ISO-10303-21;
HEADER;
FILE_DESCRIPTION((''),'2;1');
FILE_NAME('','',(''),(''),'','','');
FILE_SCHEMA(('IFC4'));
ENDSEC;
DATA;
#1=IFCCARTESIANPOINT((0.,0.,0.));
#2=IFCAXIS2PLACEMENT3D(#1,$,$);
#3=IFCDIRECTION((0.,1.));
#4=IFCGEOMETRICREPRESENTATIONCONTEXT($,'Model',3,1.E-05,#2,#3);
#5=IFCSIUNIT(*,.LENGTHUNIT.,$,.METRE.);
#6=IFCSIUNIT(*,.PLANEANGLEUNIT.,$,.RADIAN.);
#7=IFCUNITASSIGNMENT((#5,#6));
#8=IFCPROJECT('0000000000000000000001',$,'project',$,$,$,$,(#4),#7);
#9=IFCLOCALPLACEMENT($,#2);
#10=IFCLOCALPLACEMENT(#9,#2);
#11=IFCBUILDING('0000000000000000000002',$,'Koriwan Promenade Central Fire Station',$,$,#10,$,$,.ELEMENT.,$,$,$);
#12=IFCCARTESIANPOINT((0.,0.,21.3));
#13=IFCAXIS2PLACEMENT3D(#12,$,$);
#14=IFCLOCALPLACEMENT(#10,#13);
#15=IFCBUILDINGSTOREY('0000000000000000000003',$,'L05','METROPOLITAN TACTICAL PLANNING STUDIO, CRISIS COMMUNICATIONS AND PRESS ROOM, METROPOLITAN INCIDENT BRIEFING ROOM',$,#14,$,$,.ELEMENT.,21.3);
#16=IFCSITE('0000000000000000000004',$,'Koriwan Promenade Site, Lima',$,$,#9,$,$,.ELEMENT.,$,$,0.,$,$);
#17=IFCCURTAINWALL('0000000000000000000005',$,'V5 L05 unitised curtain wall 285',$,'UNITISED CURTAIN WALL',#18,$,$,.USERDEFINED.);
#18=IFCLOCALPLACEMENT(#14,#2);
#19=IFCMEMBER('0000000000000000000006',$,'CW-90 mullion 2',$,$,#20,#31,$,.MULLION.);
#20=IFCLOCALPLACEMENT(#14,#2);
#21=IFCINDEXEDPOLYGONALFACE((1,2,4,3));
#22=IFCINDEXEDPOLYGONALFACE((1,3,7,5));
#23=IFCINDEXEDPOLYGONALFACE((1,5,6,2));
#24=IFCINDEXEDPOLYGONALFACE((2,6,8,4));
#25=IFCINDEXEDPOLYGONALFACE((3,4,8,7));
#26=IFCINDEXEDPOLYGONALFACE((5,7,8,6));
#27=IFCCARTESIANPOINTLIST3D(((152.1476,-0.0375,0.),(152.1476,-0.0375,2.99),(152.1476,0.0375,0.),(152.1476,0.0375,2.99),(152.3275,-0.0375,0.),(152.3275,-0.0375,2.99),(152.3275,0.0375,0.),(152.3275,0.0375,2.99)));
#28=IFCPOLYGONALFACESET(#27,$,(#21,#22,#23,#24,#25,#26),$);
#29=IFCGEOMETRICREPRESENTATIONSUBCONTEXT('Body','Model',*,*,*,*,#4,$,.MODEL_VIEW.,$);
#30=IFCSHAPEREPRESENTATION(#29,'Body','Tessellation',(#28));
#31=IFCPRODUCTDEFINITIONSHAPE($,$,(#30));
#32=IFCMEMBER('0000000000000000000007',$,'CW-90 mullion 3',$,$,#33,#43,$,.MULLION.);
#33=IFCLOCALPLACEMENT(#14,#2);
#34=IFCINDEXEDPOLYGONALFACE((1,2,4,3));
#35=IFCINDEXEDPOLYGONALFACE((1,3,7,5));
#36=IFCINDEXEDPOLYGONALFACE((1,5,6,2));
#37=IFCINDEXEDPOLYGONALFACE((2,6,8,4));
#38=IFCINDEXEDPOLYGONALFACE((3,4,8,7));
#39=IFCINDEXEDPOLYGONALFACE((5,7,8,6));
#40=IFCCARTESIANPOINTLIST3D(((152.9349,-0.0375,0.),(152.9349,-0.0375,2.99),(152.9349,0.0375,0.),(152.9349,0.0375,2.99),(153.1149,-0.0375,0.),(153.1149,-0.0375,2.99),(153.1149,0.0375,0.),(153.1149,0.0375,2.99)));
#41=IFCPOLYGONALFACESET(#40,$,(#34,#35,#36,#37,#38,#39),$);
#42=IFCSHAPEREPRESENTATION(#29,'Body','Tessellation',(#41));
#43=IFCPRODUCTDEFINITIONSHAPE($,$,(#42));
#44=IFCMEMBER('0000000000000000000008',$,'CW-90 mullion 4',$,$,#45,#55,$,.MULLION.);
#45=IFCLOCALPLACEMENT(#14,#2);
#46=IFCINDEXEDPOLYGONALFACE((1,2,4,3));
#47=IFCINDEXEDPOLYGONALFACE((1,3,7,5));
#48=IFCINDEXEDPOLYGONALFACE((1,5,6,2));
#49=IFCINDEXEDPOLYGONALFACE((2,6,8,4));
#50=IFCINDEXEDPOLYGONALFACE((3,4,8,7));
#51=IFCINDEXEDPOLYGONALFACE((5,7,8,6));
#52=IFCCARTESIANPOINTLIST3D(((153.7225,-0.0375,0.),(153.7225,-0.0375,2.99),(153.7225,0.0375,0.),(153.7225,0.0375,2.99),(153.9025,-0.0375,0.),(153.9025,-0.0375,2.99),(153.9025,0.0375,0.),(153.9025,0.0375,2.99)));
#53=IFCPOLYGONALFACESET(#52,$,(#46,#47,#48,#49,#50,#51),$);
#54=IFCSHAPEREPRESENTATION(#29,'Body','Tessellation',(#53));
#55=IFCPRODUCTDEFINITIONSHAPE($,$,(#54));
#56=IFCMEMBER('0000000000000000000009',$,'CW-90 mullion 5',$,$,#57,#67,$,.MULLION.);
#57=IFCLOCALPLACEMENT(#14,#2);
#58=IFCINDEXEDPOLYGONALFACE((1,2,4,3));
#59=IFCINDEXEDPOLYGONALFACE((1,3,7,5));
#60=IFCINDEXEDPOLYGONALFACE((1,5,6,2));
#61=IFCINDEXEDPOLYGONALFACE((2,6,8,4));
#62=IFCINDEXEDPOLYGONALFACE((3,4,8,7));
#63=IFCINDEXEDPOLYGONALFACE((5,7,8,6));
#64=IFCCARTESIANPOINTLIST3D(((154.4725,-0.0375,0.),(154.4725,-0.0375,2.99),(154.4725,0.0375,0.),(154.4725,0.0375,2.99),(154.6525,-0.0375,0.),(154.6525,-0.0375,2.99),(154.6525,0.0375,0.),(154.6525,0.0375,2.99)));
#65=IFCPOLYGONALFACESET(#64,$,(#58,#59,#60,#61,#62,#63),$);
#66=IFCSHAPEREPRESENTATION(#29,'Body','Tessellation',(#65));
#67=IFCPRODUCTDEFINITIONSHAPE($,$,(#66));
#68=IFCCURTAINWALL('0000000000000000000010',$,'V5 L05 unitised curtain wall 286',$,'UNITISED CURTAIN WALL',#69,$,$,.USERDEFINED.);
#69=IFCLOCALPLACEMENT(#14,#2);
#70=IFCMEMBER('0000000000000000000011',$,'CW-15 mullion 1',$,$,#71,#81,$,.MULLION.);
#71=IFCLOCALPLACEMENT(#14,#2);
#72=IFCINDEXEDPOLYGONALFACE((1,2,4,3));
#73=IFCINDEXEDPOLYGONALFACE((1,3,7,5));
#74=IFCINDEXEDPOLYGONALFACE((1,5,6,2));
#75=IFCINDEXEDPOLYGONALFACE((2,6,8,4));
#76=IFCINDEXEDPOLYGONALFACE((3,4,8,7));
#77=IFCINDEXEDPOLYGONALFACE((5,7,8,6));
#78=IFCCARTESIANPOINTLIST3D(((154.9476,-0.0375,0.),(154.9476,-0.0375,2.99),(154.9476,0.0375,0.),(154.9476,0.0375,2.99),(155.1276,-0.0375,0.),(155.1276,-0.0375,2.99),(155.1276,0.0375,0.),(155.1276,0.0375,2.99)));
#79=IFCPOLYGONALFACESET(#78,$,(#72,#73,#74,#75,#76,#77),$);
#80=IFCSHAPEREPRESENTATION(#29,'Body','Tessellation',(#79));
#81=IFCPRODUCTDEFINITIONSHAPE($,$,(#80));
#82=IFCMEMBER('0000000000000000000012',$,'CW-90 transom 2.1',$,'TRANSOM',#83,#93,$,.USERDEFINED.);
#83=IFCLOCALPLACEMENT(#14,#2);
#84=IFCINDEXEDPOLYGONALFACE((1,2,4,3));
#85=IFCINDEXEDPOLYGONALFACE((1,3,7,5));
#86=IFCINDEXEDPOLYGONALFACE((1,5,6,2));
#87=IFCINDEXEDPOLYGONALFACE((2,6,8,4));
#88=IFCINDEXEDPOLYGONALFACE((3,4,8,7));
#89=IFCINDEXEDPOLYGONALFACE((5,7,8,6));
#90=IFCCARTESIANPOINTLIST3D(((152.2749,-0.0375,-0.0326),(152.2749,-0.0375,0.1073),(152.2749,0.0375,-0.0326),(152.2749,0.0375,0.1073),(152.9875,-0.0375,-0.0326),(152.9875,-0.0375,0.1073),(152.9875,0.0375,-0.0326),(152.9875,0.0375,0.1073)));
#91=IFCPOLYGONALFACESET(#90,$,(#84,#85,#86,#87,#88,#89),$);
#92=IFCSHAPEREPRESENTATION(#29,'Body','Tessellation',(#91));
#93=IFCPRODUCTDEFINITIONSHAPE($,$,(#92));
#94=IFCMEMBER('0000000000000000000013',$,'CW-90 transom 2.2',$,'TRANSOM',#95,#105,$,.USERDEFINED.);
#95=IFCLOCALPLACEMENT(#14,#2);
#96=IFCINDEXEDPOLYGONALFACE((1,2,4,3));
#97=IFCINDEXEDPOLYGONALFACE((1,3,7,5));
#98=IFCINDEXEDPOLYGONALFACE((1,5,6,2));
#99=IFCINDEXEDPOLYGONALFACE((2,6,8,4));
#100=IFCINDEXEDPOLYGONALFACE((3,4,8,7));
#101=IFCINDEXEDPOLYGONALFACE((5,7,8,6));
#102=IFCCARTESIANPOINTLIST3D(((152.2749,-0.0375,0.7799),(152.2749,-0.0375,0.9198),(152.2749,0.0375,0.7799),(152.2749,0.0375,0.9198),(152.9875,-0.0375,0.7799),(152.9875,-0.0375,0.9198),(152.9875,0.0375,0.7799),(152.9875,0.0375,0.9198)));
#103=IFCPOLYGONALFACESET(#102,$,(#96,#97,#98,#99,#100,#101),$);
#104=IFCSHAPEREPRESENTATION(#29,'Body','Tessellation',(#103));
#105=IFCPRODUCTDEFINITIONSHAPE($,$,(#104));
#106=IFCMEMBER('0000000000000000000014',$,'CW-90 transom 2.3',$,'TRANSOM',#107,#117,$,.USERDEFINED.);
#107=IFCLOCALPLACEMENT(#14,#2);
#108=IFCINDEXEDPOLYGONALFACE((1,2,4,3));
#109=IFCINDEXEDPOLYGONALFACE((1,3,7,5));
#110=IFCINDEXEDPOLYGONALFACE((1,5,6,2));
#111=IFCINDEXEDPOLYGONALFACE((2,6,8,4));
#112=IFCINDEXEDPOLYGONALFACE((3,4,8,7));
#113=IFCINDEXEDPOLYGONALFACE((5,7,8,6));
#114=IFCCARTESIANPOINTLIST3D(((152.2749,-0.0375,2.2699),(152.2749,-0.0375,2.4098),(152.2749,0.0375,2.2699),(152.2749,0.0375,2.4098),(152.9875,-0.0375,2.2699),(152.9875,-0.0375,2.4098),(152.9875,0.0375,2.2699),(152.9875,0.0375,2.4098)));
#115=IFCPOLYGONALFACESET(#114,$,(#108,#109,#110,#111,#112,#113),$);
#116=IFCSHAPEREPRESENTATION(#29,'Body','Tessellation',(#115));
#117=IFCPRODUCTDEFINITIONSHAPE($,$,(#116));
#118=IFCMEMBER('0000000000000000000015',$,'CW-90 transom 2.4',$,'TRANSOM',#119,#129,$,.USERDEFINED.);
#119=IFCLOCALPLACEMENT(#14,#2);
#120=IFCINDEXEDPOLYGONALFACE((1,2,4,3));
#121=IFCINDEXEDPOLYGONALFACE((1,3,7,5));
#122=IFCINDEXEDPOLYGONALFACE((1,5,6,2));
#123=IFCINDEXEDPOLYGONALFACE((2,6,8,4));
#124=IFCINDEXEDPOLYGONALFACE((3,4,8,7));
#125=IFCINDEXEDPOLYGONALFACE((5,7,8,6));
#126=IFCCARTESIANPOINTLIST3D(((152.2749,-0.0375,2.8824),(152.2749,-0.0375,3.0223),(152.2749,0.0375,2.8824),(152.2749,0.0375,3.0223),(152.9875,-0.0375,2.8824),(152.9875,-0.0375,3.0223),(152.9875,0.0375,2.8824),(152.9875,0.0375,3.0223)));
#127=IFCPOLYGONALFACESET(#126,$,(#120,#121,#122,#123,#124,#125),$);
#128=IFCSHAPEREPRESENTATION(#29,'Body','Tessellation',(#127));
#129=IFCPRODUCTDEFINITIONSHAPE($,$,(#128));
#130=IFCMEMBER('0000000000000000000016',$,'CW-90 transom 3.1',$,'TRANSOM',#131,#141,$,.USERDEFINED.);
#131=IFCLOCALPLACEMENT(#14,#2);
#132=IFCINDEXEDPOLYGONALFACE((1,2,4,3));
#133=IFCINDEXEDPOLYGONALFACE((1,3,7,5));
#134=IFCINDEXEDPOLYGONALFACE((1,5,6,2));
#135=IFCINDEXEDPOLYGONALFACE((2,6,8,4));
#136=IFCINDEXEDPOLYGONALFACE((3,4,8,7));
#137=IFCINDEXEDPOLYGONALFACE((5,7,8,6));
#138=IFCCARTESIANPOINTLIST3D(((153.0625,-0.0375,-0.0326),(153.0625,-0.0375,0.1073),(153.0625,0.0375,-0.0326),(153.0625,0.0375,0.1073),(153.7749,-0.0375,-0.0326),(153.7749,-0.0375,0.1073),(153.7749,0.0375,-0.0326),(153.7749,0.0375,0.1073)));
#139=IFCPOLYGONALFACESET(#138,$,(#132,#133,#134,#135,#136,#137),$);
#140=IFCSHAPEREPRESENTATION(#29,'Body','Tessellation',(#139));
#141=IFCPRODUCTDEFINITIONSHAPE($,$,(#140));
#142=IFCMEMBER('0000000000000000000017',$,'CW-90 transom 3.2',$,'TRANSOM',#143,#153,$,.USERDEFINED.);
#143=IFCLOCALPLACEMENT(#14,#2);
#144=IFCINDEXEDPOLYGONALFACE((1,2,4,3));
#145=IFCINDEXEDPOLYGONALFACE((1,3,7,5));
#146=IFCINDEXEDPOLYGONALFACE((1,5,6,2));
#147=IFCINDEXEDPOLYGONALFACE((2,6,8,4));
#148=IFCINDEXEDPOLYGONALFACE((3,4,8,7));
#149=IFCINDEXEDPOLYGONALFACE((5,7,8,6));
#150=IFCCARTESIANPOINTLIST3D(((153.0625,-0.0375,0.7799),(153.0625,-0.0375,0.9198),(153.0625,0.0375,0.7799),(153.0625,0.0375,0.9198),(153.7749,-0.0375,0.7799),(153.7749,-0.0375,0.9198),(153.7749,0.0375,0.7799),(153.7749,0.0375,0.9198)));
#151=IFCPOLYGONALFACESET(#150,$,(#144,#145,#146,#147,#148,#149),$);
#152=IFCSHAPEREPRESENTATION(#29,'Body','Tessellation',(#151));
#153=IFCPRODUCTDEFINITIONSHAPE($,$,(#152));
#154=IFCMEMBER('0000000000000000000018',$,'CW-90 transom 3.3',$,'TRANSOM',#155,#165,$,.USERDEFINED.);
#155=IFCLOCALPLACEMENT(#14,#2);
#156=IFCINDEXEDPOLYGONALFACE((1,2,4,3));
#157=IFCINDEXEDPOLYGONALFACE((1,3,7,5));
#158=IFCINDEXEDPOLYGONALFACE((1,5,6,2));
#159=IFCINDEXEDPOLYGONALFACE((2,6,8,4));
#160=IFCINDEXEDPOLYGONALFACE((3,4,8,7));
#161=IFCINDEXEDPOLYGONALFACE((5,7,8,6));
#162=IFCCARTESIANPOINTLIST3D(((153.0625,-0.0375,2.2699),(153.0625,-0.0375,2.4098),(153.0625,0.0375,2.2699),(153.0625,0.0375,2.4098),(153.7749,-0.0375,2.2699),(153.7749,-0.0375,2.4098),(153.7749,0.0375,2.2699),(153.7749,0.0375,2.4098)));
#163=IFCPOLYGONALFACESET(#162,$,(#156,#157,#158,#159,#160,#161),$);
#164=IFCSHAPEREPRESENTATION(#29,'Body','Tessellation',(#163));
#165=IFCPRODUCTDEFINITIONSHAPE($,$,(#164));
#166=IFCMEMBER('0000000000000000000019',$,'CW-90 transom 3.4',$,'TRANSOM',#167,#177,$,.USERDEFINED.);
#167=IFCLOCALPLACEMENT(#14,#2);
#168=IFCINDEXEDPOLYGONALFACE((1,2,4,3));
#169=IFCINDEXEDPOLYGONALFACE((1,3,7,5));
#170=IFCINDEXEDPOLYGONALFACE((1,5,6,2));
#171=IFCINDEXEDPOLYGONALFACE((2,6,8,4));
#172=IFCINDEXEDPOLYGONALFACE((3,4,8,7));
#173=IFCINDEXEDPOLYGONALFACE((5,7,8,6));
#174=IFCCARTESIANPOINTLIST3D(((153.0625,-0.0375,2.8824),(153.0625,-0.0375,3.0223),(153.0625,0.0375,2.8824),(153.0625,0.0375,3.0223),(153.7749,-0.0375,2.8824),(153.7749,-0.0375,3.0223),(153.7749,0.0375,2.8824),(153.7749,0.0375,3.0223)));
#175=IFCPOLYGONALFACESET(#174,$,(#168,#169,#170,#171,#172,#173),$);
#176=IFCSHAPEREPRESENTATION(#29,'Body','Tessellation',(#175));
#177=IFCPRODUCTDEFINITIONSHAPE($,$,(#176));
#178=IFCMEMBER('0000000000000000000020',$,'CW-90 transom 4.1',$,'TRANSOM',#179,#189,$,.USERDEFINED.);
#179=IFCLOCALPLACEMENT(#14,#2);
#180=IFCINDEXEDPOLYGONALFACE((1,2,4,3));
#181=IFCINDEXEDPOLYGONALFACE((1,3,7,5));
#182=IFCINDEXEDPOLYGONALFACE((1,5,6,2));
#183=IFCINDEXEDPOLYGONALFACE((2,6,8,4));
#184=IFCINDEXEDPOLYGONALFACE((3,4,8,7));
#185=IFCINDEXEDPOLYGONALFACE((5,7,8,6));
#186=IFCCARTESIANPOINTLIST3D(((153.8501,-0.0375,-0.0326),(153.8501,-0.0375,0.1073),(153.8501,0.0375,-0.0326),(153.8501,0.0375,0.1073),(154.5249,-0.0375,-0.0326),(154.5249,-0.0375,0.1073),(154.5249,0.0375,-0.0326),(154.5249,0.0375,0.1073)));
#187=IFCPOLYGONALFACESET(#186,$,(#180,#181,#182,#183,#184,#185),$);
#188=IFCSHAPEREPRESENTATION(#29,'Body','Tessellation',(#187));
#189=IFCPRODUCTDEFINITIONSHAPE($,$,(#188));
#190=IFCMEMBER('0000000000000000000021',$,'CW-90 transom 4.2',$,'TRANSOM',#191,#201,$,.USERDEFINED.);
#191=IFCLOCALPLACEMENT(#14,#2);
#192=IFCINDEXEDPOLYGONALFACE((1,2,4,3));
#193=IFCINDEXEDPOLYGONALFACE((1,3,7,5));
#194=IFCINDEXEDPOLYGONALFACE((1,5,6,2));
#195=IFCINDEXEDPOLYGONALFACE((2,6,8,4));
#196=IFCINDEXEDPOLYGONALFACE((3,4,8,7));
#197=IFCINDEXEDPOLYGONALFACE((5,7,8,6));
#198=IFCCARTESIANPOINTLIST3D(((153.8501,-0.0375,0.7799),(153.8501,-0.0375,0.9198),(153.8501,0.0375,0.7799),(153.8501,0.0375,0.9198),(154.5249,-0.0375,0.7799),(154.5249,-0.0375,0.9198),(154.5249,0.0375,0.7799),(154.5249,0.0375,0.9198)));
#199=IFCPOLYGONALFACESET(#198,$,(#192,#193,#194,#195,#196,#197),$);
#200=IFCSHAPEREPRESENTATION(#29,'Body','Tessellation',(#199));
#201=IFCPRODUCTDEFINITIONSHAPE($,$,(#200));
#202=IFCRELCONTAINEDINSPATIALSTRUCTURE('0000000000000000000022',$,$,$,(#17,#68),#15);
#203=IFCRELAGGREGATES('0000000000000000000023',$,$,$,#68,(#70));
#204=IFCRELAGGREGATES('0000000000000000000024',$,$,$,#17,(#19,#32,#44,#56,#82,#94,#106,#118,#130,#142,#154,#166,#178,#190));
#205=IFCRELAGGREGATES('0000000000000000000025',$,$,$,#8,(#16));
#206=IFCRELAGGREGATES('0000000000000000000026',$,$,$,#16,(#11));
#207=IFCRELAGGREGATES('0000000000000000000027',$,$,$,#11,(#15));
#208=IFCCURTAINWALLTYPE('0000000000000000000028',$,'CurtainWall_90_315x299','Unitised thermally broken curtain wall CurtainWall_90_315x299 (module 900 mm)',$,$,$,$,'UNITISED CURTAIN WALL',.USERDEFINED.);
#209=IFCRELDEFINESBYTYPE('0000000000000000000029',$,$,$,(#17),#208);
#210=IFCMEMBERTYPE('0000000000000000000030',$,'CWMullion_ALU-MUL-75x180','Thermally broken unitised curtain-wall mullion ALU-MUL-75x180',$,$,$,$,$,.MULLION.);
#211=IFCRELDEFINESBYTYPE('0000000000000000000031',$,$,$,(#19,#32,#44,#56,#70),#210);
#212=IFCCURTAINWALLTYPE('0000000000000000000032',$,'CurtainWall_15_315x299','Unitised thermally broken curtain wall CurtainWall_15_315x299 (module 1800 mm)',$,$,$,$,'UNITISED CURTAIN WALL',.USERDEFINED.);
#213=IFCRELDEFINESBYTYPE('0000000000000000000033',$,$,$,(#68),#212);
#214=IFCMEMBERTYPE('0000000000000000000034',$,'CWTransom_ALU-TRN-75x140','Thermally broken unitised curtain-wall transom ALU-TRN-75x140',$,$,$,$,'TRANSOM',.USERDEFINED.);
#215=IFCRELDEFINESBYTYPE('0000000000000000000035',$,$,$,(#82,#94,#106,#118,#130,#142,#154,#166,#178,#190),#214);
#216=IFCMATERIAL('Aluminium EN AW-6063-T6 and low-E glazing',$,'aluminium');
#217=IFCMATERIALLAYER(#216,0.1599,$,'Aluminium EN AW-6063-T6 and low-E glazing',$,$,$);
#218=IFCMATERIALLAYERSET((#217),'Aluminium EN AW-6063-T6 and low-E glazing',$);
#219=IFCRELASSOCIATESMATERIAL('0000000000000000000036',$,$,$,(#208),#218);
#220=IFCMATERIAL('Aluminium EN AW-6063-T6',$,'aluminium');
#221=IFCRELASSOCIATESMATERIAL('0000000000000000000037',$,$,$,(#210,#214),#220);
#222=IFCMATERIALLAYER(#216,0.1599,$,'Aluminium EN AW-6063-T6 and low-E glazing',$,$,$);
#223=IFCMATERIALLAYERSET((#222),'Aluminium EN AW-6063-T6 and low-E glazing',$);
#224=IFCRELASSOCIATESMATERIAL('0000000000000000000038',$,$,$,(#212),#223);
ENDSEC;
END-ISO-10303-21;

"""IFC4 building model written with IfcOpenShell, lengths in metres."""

from ifc_helpers import new_model, si_unit, direction, frame, origin, origin_2d, place, context, subcontext, project, spatial, rectangle, extrude, material, layer, layer_set, material_profile, profile_set, type_object, element, aggregate, save


model = new_model("IFC4")

# Units and contexts
model_context = context("Model", 3, precision=1e-05, world=origin(), true_north=direction((0.0, 1.0)))
body_context = subcontext(model_context, "Body", "Model", "MODEL_VIEW")
ifc_project = project(units=[si_unit("LENGTHUNIT", "METRE"), si_unit("PLANEANGLEUNIT", "RADIAN")], contexts=[model_context])

# Site, building, storey
site_placement = place(None, origin())
site = spatial("IfcSite", under=ifc_project, at=site_placement, Name="Koriwan Promenade Site, Lima", CompositionType="ELEMENT", RefElevation=0.0)
building_placement = place(site_placement, origin())
building = spatial("IfcBuilding", under=site, at=building_placement, Name="Koriwan Promenade Central Fire Station", CompositionType="ELEMENT")
storey_placement = place(building_placement, frame((0.0, 0.0, 21.3)))
storey = spatial("IfcBuildingStorey", under=building, at=storey_placement, Name="L05", Description="METROPOLITAN TACTICAL PLANNING STUDIO, CRISIS COMMUNICATIONS AND PRESS ROOM, METROPOLITAN INCIDENT BRIEFING ROOM", CompositionType="ELEMENT", Elevation=21.3)

# Curtain wall, members
ifc_material_1 = material(Name="Aluminium EN AW-6063-T6 and low-E glazing", Category="aluminium")
ifc_layer_1 = layer(ifc_material_1, 0.1599, Name="Aluminium EN AW-6063-T6 and low-E glazing")
ifc_layer_set_1 = layer_set([ifc_layer_1], Name="Aluminium EN AW-6063-T6 and low-E glazing")
curtain_wall_type_1 = type_object("IfcCurtainWallType", Name="CurtainWall_90_315x299", Description="Unitised thermally broken curtain wall CurtainWall_90_315x299 (module 900 mm)", ElementType="UNITISED CURTAIN WALL", PredefinedType="USERDEFINED", material=ifc_layer_set_1)
curtain_wall_1_placement = place(storey_placement, origin())
curtain_wall_1 = element("IfcCurtainWall", 1, at=curtain_wall_1_placement, inside=storey, type_object=curtain_wall_type_1, Name="V5 L05 unitised curtain wall 285", ObjectType="UNITISED CURTAIN WALL", PredefinedType="USERDEFINED")
ifc_material_2 = material(Name="Aluminium EN AW-6063-T6", Category="aluminium")
ifc_material_profile_1 = material_profile(ifc_material_2, rectangle(XDim=0.075, YDim=0.1799, at=origin_2d()), Name="ALU-MUL-75x180")
ifc_profile_set_1 = profile_set([ifc_material_profile_1], Name="Aluminium EN AW-6063-T6")
member_type_1 = type_object("IfcMemberType", Name="CWMullion_ALU-MUL-75x180", Description="Thermally broken unitised curtain-wall mullion ALU-MUL-75x180", PredefinedType="MULLION", material=ifc_profile_set_1)
member_1_placement = place(storey_placement, frame((152.2375, 0.0, 0.0), z_axis=(0.0, 0.0, 1.0), x_axis=(0.0, 1.0, 0.0)))
member_1 = element("IfcMember", 2, at=member_1_placement, type_object=member_type_1, Name="CW-90 mullion 2", PredefinedType="MULLION", context=body_context, shape_type="SweptSolid", body=[
    extrude(rectangle(XDim=0.075, YDim=0.1799, at=origin_2d()), origin(), (0.0, 0.0, 1.0), 2.99),
])
member_2_placement = place(storey_placement, frame((153.0249, 0.0, 0.0), z_axis=(0.0, 0.0, 1.0), x_axis=(0.0, 1.0, 0.0)))
member_2 = element("IfcMember", 3, at=member_2_placement, type_object=member_type_1, Name="CW-90 mullion 3", PredefinedType="MULLION", context=body_context, shape_type="SweptSolid", body=[
    extrude(rectangle(XDim=0.075, YDim=0.1799, at=origin_2d()), origin(), (0.0, 0.0, 1.0), 2.99),
])
member_3_placement = place(storey_placement, frame((153.8125, 0.0, 0.0), z_axis=(0.0, 0.0, 1.0), x_axis=(0.0, 1.0, 0.0)))
member_3 = element("IfcMember", 4, at=member_3_placement, type_object=member_type_1, Name="CW-90 mullion 4", PredefinedType="MULLION", context=body_context, shape_type="SweptSolid", body=[
    extrude(rectangle(XDim=0.075, YDim=0.1799, at=origin_2d()), origin(), (0.0, 0.0, 1.0), 2.99),
])
member_4_placement = place(storey_placement, frame((154.5625, 0.0, 0.0), z_axis=(0.0, 0.0, 1.0), x_axis=(0.0, 1.0, 0.0)))
member_4 = element("IfcMember", 5, at=member_4_placement, type_object=member_type_1, Name="CW-90 mullion 5", PredefinedType="MULLION", context=body_context, shape_type="SweptSolid", body=[
    extrude(rectangle(XDim=0.075, YDim=0.1799, at=origin_2d()), origin(), (0.0, 0.0, 1.0), 2.99),
])

# Curtain wall, member
ifc_layer_2 = layer(ifc_material_1, 0.1599, Name="Aluminium EN AW-6063-T6 and low-E glazing")
ifc_layer_set_2 = layer_set([ifc_layer_2], Name="Aluminium EN AW-6063-T6 and low-E glazing")
curtain_wall_type_2 = type_object("IfcCurtainWallType", Name="CurtainWall_15_315x299", Description="Unitised thermally broken curtain wall CurtainWall_15_315x299 (module 1800 mm)", ElementType="UNITISED CURTAIN WALL", PredefinedType="USERDEFINED", material=ifc_layer_set_2)
curtain_wall_2_placement = place(storey_placement, origin())
curtain_wall_2 = element("IfcCurtainWall", 6, at=curtain_wall_2_placement, inside=storey, type_object=curtain_wall_type_2, Name="V5 L05 unitised curtain wall 286", ObjectType="UNITISED CURTAIN WALL", PredefinedType="USERDEFINED")
member_5_placement = place(storey_placement, frame((155.0376, 0.0, 0.0), z_axis=(0.0, 0.0, 1.0), x_axis=(0.0, 1.0, 0.0)))
member_5 = element("IfcMember", 7, at=member_5_placement, type_object=member_type_1, Name="CW-15 mullion 1", PredefinedType="MULLION", context=body_context, shape_type="SweptSolid", body=[
    extrude(rectangle(XDim=0.075, YDim=0.1799, at=origin_2d()), origin(), (0.0, 0.0, 1.0), 2.99),
])

# Members
ifc_material_profile_2 = material_profile(ifc_material_2, rectangle(XDim=0.075, YDim=0.1399, at=origin_2d()), Name="ALU-TRN-75x140")
ifc_profile_set_2 = profile_set([ifc_material_profile_2], Name="Aluminium EN AW-6063-T6")
member_type_2 = type_object("IfcMemberType", Name="CWTransom_ALU-TRN-75x140", Description="Thermally broken unitised curtain-wall transom ALU-TRN-75x140", ElementType="TRANSOM", PredefinedType="USERDEFINED", material=ifc_profile_set_2)
member_6_placement = place(storey_placement, frame((152.2749, 0.0, 0.0374), z_axis=(1.0, 0.0, 0.0), x_axis=(0.0, 1.0, 0.0)))
member_6 = element("IfcMember", 8, at=member_6_placement, type_object=member_type_2, Name="CW-90 transom 2.1", ObjectType="TRANSOM", PredefinedType="USERDEFINED", context=body_context, shape_type="SweptSolid", body=[
    extrude(rectangle(XDim=0.075, YDim=0.1399, at=origin_2d()), origin(), (0.0, 0.0, 1.0), 0.7126),
])
member_7_placement = place(storey_placement, frame((152.2749, 0.0, 0.8499), z_axis=(1.0, 0.0, 0.0), x_axis=(0.0, 1.0, 0.0)))
member_7 = element("IfcMember", 9, at=member_7_placement, type_object=member_type_2, Name="CW-90 transom 2.2", ObjectType="TRANSOM", PredefinedType="USERDEFINED", context=body_context, shape_type="SweptSolid", body=[
    extrude(rectangle(XDim=0.075, YDim=0.1399, at=origin_2d()), origin(), (0.0, 0.0, 1.0), 0.7126),
])
member_8_placement = place(storey_placement, frame((152.2749, 0.0, 2.3398), z_axis=(1.0, 0.0, 0.0), x_axis=(0.0, 1.0, 0.0)))
member_8 = element("IfcMember", 10, at=member_8_placement, type_object=member_type_2, Name="CW-90 transom 2.3", ObjectType="TRANSOM", PredefinedType="USERDEFINED", context=body_context, shape_type="SweptSolid", body=[
    extrude(rectangle(XDim=0.075, YDim=0.1399, at=origin_2d()), origin(), (0.0, 0.0, 1.0), 0.7126),
])
member_9_placement = place(storey_placement, frame((152.2749, 0.0, 2.9524), z_axis=(1.0, 0.0, 0.0), x_axis=(0.0, 1.0, 0.0)))
member_9 = element("IfcMember", 11, at=member_9_placement, type_object=member_type_2, Name="CW-90 transom 2.4", ObjectType="TRANSOM", PredefinedType="USERDEFINED", context=body_context, shape_type="SweptSolid", body=[
    extrude(rectangle(XDim=0.075, YDim=0.1399, at=origin_2d()), origin(), (0.0, 0.0, 1.0), 0.7126),
])
member_10_placement = place(storey_placement, frame((153.0625, 0.0, 0.0374), z_axis=(1.0, 0.0, 0.0), x_axis=(0.0, 1.0, 0.0)))
member_10 = element("IfcMember", 12, at=member_10_placement, type_object=member_type_2, Name="CW-90 transom 3.1", ObjectType="TRANSOM", PredefinedType="USERDEFINED", context=body_context, shape_type="SweptSolid", body=[
    extrude(rectangle(XDim=0.075, YDim=0.1399, at=origin_2d()), origin(), (0.0, 0.0, 1.0), 0.7124),
])
member_11_placement = place(storey_placement, frame((153.0625, 0.0, 0.8499), z_axis=(1.0, 0.0, 0.0), x_axis=(0.0, 1.0, 0.0)))
member_11 = element("IfcMember", 13, at=member_11_placement, type_object=member_type_2, Name="CW-90 transom 3.2", ObjectType="TRANSOM", PredefinedType="USERDEFINED", context=body_context, shape_type="SweptSolid", body=[
    extrude(rectangle(XDim=0.075, YDim=0.1399, at=origin_2d()), origin(), (0.0, 0.0, 1.0), 0.7124),
])
member_12_placement = place(storey_placement, frame((153.0625, 0.0, 2.3398), z_axis=(1.0, 0.0, 0.0), x_axis=(0.0, 1.0, 0.0)))
member_12 = element("IfcMember", 14, at=member_12_placement, type_object=member_type_2, Name="CW-90 transom 3.3", ObjectType="TRANSOM", PredefinedType="USERDEFINED", context=body_context, shape_type="SweptSolid", body=[
    extrude(rectangle(XDim=0.075, YDim=0.1399, at=origin_2d()), origin(), (0.0, 0.0, 1.0), 0.7124),
])
member_13_placement = place(storey_placement, frame((153.0625, 0.0, 2.9524), z_axis=(1.0, 0.0, 0.0), x_axis=(0.0, 1.0, 0.0)))
member_13 = element("IfcMember", 15, at=member_13_placement, type_object=member_type_2, Name="CW-90 transom 3.4", ObjectType="TRANSOM", PredefinedType="USERDEFINED", context=body_context, shape_type="SweptSolid", body=[
    extrude(rectangle(XDim=0.075, YDim=0.1399, at=origin_2d()), origin(), (0.0, 0.0, 1.0), 0.7124),
])
member_14_placement = place(storey_placement, frame((153.8501, 0.0, 0.0374), z_axis=(1.0, 0.0, 0.0), x_axis=(0.0, 1.0, 0.0)))
member_14 = element("IfcMember", 16, at=member_14_placement, type_object=member_type_2, Name="CW-90 transom 4.1", ObjectType="TRANSOM", PredefinedType="USERDEFINED", context=body_context, shape_type="SweptSolid", body=[
    extrude(rectangle(XDim=0.075, YDim=0.1399, at=origin_2d()), origin(), (0.0, 0.0, 1.0), 0.6748),
])
member_15_placement = place(storey_placement, frame((153.8501, 0.0, 0.8499), z_axis=(1.0, 0.0, 0.0), x_axis=(0.0, 1.0, 0.0)))
member_15 = element("IfcMember", 17, at=member_15_placement, type_object=member_type_2, Name="CW-90 transom 4.2", ObjectType="TRANSOM", PredefinedType="USERDEFINED", context=body_context, shape_type="SweptSolid", body=[
    extrude(rectangle(XDim=0.075, YDim=0.1399, at=origin_2d()), origin(), (0.0, 0.0, 1.0), 0.6748),
])
aggregate(curtain_wall_2, [member_5])

aggregate(curtain_wall_1, [member_1, member_2, member_3, member_4, member_6, member_7, member_8, member_9, member_10, member_11, member_12, member_13, member_14, member_15])

save(model, "model.ifc")
